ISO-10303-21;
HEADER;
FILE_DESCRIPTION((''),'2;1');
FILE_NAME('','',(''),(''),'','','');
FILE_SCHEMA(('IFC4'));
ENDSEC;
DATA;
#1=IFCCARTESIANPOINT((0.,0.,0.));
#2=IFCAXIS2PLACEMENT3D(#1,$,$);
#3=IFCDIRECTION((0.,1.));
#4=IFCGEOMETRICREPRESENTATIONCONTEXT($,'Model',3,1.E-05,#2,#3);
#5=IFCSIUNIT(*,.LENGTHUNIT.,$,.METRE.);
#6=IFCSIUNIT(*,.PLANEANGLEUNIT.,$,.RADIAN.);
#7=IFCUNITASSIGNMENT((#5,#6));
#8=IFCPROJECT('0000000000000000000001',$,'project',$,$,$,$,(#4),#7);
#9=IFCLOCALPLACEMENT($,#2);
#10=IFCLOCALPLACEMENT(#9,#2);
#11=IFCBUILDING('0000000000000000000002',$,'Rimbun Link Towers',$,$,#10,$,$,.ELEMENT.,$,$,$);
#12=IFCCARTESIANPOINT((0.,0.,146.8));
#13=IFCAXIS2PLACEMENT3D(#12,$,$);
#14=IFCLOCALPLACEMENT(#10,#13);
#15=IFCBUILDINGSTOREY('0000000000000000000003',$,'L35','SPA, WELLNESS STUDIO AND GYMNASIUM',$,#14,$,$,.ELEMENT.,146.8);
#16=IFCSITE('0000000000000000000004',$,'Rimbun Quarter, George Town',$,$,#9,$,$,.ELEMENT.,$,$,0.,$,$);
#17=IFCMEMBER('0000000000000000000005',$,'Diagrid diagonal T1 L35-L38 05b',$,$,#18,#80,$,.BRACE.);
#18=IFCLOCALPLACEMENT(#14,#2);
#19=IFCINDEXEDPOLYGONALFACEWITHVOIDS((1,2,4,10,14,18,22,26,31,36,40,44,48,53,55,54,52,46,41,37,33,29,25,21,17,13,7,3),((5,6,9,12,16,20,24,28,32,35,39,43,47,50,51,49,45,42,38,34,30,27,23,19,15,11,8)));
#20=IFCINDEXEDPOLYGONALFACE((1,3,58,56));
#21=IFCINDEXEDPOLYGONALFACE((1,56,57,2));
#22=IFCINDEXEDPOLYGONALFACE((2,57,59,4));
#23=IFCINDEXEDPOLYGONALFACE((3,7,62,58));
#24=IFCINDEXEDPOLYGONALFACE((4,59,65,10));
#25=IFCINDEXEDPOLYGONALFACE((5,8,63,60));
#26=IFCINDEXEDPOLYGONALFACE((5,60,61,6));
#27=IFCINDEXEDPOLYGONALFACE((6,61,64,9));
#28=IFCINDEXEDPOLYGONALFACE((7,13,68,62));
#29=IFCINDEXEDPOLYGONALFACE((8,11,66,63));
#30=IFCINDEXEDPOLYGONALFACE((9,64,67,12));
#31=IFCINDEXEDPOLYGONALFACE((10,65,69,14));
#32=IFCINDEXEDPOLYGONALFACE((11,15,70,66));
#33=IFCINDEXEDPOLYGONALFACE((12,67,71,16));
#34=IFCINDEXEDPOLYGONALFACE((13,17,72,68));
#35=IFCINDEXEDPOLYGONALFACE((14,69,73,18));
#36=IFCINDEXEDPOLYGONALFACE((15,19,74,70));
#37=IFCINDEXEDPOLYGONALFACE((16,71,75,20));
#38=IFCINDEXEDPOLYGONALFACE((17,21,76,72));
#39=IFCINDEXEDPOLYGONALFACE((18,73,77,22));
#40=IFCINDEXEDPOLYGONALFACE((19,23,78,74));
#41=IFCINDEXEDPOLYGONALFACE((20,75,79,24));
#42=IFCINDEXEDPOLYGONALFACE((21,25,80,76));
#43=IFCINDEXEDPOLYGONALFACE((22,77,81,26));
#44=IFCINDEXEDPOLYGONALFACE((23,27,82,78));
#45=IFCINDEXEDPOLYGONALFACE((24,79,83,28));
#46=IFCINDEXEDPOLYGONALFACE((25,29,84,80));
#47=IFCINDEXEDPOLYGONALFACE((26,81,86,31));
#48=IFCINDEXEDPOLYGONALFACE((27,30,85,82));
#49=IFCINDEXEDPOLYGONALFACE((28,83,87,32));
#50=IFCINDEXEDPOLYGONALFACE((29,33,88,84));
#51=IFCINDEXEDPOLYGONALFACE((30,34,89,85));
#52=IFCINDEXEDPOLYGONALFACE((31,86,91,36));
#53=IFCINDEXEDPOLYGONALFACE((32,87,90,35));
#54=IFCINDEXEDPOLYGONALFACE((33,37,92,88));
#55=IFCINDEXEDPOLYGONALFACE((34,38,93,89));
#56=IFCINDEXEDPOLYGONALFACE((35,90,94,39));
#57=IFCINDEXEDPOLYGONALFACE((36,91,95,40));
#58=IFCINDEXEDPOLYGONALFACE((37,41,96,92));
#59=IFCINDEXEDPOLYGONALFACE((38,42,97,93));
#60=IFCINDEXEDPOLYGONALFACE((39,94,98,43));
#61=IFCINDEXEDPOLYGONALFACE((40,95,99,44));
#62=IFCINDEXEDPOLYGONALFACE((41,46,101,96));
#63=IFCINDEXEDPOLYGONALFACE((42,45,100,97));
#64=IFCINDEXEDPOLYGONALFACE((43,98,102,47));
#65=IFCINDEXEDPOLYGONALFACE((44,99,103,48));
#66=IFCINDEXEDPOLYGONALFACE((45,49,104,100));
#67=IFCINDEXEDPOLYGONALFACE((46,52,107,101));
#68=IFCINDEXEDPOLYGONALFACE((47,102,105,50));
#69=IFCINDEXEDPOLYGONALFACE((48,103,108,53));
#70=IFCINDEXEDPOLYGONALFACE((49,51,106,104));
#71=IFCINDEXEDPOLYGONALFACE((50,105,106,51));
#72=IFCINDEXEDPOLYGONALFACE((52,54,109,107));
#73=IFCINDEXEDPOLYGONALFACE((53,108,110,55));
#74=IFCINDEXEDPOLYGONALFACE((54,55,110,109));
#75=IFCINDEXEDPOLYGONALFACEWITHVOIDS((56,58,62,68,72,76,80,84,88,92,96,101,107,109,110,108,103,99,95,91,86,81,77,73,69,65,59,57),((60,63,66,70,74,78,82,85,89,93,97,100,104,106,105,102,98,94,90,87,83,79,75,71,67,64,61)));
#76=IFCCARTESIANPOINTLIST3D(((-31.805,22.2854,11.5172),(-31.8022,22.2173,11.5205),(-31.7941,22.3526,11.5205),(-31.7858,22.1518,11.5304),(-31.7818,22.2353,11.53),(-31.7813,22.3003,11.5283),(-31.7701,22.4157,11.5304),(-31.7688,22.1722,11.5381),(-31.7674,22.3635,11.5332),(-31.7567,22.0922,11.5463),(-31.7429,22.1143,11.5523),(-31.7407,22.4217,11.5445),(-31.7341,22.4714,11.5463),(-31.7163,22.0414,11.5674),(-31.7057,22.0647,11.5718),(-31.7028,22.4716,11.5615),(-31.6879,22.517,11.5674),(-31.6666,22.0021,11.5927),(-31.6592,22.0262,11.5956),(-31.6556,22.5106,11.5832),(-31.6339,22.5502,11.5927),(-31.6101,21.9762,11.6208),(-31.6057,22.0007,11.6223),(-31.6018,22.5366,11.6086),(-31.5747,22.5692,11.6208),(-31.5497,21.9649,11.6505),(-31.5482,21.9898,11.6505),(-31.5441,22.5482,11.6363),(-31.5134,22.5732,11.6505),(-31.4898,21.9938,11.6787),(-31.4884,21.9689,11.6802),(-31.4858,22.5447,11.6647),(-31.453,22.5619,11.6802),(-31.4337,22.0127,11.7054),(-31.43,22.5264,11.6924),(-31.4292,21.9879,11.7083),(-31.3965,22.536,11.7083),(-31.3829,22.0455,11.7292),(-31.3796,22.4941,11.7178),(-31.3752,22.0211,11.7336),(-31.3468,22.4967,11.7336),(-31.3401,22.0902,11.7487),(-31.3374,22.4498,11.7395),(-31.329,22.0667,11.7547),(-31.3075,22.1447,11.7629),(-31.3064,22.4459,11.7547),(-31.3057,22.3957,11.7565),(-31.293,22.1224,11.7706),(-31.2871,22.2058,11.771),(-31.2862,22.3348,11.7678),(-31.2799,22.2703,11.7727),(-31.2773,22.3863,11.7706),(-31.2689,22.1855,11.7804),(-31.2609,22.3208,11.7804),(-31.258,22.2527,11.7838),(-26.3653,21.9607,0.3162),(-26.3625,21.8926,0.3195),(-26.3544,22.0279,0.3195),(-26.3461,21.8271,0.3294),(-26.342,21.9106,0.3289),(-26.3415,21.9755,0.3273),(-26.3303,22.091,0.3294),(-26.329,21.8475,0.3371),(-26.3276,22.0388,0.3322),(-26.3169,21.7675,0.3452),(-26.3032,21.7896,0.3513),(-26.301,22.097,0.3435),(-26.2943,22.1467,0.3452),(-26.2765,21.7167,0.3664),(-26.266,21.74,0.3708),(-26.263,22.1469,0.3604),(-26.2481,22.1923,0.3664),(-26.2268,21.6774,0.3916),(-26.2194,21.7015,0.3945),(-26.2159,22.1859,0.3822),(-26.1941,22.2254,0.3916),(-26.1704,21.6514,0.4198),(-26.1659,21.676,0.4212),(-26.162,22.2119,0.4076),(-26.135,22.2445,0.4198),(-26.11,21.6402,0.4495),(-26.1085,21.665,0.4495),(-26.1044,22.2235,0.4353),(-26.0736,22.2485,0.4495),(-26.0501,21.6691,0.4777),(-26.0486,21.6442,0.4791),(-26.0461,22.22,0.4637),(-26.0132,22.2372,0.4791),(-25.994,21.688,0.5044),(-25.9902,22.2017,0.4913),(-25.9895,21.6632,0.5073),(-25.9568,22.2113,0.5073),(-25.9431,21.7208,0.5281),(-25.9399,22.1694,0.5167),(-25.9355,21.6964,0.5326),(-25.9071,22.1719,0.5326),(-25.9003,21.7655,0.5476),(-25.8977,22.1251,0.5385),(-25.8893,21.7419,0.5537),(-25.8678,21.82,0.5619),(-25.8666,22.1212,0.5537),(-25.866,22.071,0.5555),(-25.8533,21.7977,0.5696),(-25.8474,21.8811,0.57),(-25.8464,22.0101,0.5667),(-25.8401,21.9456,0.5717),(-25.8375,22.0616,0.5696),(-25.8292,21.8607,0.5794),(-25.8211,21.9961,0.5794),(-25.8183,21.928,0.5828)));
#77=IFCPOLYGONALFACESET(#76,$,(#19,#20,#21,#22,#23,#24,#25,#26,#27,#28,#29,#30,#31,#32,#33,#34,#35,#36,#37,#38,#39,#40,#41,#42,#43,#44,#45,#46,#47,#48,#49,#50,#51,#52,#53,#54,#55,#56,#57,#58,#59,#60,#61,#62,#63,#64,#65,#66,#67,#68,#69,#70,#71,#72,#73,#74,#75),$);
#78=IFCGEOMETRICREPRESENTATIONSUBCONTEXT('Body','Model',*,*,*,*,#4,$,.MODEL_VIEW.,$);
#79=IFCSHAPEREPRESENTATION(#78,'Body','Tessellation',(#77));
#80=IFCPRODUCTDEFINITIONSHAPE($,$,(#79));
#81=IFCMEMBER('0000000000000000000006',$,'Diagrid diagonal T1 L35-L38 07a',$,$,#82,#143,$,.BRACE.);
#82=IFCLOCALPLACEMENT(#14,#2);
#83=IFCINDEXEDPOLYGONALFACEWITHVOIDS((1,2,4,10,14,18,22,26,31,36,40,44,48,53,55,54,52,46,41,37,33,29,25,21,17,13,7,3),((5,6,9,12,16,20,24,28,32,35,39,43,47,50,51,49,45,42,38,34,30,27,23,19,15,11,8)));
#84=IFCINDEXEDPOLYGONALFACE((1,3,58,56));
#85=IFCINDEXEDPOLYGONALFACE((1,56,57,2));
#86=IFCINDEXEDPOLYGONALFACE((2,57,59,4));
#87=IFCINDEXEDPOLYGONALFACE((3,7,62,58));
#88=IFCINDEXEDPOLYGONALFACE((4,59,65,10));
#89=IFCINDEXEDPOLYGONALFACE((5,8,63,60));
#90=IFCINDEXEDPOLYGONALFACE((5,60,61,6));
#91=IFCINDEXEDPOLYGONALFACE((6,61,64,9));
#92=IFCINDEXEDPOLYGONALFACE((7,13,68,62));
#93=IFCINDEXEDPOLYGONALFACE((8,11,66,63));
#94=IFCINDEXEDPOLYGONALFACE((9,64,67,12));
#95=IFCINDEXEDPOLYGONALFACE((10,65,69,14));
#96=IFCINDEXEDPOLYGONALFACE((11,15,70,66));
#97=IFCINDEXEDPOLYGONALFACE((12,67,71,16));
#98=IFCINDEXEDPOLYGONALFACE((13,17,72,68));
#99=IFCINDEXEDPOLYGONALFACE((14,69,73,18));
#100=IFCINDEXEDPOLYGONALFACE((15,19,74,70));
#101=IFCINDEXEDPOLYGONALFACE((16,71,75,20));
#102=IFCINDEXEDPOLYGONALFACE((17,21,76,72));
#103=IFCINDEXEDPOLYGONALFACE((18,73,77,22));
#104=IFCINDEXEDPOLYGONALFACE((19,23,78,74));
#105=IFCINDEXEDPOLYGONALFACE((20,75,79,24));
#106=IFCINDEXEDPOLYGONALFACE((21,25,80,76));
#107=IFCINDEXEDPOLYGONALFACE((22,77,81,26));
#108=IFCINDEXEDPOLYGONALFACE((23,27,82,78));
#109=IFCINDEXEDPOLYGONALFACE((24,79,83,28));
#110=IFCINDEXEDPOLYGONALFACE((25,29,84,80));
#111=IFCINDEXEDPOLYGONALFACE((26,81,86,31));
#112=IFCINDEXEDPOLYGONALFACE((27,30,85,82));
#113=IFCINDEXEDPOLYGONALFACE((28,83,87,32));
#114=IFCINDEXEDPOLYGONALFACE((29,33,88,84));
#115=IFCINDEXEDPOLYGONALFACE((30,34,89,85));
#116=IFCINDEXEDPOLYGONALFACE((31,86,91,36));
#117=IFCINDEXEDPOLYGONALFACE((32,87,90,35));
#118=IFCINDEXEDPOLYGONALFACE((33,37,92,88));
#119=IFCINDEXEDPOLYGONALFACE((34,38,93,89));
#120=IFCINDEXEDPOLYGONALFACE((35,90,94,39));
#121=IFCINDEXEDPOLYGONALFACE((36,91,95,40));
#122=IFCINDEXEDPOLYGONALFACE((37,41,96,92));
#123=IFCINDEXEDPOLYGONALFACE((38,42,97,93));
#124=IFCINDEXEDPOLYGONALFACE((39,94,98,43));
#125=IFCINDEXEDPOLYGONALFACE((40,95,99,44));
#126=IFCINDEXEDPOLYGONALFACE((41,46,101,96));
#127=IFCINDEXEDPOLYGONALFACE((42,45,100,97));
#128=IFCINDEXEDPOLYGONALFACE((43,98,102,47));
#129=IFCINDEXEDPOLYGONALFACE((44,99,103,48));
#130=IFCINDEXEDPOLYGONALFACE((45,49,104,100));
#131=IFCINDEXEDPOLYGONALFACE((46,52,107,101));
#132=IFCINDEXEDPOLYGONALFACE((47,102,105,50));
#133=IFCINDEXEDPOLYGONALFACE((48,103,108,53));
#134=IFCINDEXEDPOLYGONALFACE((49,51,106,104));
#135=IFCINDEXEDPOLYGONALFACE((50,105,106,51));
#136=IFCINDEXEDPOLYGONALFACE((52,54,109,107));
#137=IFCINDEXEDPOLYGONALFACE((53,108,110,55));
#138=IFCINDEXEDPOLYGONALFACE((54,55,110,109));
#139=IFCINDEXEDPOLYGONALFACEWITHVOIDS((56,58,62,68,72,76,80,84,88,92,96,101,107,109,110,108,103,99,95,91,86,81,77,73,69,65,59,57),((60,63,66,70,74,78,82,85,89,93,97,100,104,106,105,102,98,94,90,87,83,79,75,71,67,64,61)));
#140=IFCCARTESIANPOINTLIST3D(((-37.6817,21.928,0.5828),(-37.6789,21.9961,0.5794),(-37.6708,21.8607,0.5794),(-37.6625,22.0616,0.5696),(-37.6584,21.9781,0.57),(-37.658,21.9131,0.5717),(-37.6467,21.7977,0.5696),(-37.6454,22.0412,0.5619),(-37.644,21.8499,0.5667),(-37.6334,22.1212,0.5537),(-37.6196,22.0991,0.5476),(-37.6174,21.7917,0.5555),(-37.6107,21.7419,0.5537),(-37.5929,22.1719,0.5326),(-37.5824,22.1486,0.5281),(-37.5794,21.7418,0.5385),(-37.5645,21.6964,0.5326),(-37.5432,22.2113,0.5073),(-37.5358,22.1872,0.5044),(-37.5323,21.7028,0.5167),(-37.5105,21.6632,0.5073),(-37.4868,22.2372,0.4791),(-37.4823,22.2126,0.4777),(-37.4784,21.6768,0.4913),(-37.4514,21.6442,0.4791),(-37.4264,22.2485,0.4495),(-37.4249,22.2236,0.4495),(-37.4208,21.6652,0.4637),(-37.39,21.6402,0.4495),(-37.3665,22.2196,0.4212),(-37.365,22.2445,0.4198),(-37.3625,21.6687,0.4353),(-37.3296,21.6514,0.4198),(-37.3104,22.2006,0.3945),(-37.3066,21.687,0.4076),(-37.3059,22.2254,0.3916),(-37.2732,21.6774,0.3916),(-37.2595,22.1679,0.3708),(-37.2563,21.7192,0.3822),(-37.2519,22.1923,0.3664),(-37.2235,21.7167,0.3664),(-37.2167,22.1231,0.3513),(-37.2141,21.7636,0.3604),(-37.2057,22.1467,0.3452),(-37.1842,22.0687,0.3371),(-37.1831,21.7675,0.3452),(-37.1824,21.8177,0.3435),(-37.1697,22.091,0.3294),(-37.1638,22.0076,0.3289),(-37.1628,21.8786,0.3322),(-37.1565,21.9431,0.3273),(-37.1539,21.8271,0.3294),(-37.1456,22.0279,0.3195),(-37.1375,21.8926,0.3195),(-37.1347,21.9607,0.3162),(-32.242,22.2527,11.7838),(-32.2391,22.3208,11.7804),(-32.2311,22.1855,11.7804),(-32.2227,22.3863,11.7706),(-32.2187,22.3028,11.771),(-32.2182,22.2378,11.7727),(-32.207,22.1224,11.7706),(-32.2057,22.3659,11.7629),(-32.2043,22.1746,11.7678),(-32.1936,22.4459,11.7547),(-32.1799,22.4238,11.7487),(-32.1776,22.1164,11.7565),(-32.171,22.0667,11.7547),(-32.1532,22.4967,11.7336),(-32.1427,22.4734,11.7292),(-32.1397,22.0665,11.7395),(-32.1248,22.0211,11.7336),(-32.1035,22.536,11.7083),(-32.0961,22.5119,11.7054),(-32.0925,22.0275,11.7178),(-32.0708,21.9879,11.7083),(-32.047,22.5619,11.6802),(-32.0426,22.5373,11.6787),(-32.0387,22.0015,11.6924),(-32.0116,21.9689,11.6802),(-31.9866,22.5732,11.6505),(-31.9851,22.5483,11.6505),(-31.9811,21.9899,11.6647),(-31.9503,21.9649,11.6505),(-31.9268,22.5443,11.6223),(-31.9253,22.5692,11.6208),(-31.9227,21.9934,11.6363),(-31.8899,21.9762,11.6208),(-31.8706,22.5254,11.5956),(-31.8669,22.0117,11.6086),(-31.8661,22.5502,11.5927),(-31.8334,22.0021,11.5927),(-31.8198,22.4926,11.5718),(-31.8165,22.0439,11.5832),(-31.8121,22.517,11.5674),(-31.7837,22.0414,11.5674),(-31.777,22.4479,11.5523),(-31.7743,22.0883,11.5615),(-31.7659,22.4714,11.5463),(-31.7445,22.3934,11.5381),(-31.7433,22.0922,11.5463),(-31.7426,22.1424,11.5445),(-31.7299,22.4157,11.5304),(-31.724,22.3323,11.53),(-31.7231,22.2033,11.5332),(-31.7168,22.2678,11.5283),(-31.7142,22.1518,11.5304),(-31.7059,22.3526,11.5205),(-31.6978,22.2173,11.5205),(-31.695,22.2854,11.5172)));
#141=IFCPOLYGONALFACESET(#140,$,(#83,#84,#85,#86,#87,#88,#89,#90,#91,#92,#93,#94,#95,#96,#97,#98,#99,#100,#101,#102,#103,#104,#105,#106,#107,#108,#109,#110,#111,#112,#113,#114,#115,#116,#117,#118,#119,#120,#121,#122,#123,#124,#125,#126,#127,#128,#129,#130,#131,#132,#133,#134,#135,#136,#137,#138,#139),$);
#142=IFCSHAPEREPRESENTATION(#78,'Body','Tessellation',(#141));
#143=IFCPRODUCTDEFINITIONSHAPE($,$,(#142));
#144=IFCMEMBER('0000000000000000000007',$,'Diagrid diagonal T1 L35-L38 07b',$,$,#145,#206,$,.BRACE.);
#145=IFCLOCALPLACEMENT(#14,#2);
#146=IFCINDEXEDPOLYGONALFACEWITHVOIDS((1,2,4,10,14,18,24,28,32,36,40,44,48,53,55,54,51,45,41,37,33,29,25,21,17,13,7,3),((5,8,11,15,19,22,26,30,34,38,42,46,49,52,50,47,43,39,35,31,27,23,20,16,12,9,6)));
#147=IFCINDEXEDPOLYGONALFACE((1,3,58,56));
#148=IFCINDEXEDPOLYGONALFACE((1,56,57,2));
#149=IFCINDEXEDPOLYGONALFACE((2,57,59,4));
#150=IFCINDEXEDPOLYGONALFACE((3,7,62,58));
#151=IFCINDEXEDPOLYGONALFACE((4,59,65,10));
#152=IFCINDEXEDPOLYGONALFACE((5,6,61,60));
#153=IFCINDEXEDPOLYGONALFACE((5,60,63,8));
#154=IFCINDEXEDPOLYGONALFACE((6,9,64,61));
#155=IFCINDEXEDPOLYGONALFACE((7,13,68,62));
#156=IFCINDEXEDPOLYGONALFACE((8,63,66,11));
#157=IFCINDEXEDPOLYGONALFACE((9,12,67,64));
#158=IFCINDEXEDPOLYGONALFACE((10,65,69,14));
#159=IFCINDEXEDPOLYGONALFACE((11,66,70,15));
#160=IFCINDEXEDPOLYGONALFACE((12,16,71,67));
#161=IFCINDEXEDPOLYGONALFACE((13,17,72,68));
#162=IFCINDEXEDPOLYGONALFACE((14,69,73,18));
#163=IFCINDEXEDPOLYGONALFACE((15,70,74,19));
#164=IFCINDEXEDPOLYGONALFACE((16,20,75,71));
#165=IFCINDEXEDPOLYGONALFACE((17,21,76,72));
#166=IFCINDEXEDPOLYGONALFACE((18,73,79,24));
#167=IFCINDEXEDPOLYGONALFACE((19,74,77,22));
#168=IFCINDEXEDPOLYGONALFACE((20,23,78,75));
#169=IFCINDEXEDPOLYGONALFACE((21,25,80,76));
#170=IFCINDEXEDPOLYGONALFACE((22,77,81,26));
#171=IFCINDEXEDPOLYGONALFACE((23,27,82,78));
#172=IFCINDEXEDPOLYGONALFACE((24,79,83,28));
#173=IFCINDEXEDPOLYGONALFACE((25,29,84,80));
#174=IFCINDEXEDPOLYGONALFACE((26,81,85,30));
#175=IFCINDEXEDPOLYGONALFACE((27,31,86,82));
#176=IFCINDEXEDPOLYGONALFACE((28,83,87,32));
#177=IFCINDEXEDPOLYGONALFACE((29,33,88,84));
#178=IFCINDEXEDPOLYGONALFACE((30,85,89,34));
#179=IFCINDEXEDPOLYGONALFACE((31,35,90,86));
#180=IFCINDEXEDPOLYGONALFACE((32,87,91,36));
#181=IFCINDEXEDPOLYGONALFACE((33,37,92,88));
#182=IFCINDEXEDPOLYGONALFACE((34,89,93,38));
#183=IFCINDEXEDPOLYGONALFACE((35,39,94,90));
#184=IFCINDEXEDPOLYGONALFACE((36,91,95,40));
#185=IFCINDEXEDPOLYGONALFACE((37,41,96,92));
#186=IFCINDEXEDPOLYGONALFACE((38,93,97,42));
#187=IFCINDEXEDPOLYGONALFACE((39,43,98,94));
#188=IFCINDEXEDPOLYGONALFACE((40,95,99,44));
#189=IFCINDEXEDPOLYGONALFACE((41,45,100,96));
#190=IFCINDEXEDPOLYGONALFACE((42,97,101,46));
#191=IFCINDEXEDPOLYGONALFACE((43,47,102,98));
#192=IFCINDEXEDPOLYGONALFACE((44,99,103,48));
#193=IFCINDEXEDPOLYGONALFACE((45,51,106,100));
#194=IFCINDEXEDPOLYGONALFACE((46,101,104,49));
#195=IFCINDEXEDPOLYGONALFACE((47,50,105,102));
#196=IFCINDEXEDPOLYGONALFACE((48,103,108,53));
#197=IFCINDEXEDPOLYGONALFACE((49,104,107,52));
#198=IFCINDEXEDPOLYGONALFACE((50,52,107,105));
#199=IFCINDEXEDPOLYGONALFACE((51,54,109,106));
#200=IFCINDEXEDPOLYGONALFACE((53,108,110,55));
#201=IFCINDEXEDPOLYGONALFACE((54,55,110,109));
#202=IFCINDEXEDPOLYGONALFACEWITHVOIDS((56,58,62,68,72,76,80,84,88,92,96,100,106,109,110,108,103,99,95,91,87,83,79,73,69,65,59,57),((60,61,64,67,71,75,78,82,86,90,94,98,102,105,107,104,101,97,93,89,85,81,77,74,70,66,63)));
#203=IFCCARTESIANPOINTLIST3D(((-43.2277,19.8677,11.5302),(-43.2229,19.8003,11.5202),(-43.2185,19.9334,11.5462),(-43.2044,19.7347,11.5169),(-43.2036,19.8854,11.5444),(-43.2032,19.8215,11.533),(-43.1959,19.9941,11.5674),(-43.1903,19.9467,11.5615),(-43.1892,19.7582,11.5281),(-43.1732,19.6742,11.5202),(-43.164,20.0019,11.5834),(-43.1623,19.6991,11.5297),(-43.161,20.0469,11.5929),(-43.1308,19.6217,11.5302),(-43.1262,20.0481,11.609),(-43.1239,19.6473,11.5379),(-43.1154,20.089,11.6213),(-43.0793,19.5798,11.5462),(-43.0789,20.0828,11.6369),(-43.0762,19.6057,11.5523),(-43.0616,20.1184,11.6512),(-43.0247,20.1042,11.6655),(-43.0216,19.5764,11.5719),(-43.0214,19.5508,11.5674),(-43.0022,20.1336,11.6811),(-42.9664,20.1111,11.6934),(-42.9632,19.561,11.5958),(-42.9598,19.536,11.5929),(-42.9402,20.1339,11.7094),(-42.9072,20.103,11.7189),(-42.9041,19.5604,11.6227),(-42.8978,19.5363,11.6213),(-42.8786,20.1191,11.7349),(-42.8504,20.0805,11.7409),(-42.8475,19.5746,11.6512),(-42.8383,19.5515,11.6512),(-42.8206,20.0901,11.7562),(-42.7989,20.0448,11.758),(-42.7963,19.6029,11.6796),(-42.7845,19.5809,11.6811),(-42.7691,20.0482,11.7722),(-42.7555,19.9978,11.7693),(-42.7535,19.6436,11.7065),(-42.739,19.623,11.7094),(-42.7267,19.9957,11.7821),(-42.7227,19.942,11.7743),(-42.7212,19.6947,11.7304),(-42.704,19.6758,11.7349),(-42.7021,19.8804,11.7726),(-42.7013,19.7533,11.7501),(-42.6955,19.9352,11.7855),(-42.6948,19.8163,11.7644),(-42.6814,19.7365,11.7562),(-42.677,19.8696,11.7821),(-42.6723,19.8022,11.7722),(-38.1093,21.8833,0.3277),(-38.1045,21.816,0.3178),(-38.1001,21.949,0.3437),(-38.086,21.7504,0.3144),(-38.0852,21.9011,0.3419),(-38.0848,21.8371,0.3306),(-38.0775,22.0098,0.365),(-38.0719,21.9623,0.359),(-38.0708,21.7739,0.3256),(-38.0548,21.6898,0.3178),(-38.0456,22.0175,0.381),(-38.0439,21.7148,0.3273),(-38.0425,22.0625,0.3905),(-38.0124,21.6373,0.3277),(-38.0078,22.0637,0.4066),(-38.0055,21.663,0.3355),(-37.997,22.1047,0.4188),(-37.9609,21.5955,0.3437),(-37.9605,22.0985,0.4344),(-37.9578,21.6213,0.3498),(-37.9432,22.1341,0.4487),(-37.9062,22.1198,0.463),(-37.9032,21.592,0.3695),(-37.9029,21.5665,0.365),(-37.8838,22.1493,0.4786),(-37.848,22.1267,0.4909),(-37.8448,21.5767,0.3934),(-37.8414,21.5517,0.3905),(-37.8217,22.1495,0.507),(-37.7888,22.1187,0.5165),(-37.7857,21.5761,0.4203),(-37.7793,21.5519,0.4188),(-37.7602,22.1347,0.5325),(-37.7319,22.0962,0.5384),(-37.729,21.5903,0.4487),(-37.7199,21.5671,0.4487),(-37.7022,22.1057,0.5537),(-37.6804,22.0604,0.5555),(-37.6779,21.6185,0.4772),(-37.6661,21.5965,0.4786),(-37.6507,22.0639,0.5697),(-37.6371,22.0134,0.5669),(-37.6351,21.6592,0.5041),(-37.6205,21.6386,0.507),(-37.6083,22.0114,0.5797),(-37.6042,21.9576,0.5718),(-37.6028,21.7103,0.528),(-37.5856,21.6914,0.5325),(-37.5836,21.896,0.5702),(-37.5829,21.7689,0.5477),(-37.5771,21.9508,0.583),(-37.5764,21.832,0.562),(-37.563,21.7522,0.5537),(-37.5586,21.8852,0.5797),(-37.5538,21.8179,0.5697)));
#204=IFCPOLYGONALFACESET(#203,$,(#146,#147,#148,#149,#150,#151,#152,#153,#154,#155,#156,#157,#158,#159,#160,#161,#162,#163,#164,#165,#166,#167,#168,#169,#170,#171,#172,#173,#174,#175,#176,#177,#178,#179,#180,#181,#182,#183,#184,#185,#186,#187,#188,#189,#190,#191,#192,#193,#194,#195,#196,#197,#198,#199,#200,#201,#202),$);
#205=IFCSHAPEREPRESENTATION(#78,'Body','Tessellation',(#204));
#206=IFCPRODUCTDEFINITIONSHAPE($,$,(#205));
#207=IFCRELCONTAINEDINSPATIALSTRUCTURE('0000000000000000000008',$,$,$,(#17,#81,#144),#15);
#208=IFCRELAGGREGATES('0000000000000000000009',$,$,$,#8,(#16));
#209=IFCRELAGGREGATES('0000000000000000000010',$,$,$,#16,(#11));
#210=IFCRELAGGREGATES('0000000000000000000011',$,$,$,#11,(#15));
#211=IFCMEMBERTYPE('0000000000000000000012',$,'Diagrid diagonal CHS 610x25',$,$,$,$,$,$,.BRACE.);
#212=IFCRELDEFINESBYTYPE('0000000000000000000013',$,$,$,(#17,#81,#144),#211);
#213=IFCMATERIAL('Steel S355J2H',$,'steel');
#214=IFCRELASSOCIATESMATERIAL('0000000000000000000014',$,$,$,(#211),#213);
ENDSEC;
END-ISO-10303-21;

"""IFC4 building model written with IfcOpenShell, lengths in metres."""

from ifc_helpers import new_model, si_unit, direction, frame, origin, origin_2d, place, context, subcontext, project, spatial, hollow_circle, extrude, material, material_profile, profile_set, type_object, element, save


model = new_model("IFC4")

# Units and contexts
model_context = context("Model", 3, precision=1e-05, world=origin(), true_north=direction((0.0, 1.0)))
body_context = subcontext(model_context, "Body", "Model", "MODEL_VIEW")
ifc_project = project(units=[si_unit("LENGTHUNIT", "METRE"), si_unit("PLANEANGLEUNIT", "RADIAN")], contexts=[model_context])

# Site, building, storey
site_placement = place(None, origin())
site = spatial("IfcSite", under=ifc_project, at=site_placement, Name="Rimbun Quarter, George Town", CompositionType="ELEMENT", RefElevation=0.0)
building_placement = place(site_placement, origin())
building = spatial("IfcBuilding", under=site, at=building_placement, Name="Rimbun Link Towers", CompositionType="ELEMENT")
storey_placement = place(building_placement, frame((0.0, 0.0, 146.8)))
storey = spatial("IfcBuildingStorey", under=building, at=storey_placement, Name="L35", Description="SPA, WELLNESS STUDIO AND GYMNASIUM", CompositionType="ELEMENT", Elevation=146.8)

# Members
ifc_material_1 = material(Name="Steel S355J2H", Category="steel")
ifc_material_profile_1 = material_profile(ifc_material_1, hollow_circle(Radius=0.3047, WallThickness=0.0249, at=origin_2d()), Name="Diagrid diagonal CHS 610x25")
ifc_profile_set_1 = profile_set([ifc_material_profile_1], Name="Steel S355J2H")
member_type_1 = type_object("IfcMemberType", Name="Diagrid diagonal CHS 610x25", PredefinedType="BRACE", material=ifc_profile_set_1)
for number, where, z_axis, x_axis, name in (
    (1, (-26.0918, 21.9443, 0.4495), (-0.436707, 0.026068, 0.899226), (-0.059586, -0.998223, 0.0), "Diagrid diagonal T1 L35-L38 05b"),
    (2, (-37.4082, 21.9443, 0.4495), (0.436707, 0.026068, 0.899226), (-0.059586, 0.998223, 0.0), "Diagrid diagonal T1 L35-L38 07a"),
):
    element("IfcMember", number, at=place(storey_placement, frame(where, z_axis=z_axis, x_axis=x_axis)), inside=storey, type_object=member_type_1, Name=name, PredefinedType="BRACE", context=body_context, shape_type="SweptSolid", body=[
        extrude(hollow_circle(Radius=0.3047, WallThickness=0.0249, at=origin_2d()), origin(), (0.0, 0.0, 1.0), 12.4563),
    ])
member_1_placement = place(storey_placement, frame((-37.8315, 21.8506, 0.4487), z_axis=(-0.410124, -0.161506, 0.897616), x_axis=(0.366412, -0.930453, 0.0)))
element("IfcMember", 3, at=member_1_placement, inside=storey, type_object=member_type_1, Name="Diagrid diagonal T1 L35-L38 07b", PredefinedType="BRACE", context=body_context, shape_type="SweptSolid", body=[
    extrude(hollow_circle(Radius=0.3047, WallThickness=0.0249, at=origin_2d()), origin(), (0.0, 0.0, 1.0), 12.4802),
])

save(model, "model.ifc")
